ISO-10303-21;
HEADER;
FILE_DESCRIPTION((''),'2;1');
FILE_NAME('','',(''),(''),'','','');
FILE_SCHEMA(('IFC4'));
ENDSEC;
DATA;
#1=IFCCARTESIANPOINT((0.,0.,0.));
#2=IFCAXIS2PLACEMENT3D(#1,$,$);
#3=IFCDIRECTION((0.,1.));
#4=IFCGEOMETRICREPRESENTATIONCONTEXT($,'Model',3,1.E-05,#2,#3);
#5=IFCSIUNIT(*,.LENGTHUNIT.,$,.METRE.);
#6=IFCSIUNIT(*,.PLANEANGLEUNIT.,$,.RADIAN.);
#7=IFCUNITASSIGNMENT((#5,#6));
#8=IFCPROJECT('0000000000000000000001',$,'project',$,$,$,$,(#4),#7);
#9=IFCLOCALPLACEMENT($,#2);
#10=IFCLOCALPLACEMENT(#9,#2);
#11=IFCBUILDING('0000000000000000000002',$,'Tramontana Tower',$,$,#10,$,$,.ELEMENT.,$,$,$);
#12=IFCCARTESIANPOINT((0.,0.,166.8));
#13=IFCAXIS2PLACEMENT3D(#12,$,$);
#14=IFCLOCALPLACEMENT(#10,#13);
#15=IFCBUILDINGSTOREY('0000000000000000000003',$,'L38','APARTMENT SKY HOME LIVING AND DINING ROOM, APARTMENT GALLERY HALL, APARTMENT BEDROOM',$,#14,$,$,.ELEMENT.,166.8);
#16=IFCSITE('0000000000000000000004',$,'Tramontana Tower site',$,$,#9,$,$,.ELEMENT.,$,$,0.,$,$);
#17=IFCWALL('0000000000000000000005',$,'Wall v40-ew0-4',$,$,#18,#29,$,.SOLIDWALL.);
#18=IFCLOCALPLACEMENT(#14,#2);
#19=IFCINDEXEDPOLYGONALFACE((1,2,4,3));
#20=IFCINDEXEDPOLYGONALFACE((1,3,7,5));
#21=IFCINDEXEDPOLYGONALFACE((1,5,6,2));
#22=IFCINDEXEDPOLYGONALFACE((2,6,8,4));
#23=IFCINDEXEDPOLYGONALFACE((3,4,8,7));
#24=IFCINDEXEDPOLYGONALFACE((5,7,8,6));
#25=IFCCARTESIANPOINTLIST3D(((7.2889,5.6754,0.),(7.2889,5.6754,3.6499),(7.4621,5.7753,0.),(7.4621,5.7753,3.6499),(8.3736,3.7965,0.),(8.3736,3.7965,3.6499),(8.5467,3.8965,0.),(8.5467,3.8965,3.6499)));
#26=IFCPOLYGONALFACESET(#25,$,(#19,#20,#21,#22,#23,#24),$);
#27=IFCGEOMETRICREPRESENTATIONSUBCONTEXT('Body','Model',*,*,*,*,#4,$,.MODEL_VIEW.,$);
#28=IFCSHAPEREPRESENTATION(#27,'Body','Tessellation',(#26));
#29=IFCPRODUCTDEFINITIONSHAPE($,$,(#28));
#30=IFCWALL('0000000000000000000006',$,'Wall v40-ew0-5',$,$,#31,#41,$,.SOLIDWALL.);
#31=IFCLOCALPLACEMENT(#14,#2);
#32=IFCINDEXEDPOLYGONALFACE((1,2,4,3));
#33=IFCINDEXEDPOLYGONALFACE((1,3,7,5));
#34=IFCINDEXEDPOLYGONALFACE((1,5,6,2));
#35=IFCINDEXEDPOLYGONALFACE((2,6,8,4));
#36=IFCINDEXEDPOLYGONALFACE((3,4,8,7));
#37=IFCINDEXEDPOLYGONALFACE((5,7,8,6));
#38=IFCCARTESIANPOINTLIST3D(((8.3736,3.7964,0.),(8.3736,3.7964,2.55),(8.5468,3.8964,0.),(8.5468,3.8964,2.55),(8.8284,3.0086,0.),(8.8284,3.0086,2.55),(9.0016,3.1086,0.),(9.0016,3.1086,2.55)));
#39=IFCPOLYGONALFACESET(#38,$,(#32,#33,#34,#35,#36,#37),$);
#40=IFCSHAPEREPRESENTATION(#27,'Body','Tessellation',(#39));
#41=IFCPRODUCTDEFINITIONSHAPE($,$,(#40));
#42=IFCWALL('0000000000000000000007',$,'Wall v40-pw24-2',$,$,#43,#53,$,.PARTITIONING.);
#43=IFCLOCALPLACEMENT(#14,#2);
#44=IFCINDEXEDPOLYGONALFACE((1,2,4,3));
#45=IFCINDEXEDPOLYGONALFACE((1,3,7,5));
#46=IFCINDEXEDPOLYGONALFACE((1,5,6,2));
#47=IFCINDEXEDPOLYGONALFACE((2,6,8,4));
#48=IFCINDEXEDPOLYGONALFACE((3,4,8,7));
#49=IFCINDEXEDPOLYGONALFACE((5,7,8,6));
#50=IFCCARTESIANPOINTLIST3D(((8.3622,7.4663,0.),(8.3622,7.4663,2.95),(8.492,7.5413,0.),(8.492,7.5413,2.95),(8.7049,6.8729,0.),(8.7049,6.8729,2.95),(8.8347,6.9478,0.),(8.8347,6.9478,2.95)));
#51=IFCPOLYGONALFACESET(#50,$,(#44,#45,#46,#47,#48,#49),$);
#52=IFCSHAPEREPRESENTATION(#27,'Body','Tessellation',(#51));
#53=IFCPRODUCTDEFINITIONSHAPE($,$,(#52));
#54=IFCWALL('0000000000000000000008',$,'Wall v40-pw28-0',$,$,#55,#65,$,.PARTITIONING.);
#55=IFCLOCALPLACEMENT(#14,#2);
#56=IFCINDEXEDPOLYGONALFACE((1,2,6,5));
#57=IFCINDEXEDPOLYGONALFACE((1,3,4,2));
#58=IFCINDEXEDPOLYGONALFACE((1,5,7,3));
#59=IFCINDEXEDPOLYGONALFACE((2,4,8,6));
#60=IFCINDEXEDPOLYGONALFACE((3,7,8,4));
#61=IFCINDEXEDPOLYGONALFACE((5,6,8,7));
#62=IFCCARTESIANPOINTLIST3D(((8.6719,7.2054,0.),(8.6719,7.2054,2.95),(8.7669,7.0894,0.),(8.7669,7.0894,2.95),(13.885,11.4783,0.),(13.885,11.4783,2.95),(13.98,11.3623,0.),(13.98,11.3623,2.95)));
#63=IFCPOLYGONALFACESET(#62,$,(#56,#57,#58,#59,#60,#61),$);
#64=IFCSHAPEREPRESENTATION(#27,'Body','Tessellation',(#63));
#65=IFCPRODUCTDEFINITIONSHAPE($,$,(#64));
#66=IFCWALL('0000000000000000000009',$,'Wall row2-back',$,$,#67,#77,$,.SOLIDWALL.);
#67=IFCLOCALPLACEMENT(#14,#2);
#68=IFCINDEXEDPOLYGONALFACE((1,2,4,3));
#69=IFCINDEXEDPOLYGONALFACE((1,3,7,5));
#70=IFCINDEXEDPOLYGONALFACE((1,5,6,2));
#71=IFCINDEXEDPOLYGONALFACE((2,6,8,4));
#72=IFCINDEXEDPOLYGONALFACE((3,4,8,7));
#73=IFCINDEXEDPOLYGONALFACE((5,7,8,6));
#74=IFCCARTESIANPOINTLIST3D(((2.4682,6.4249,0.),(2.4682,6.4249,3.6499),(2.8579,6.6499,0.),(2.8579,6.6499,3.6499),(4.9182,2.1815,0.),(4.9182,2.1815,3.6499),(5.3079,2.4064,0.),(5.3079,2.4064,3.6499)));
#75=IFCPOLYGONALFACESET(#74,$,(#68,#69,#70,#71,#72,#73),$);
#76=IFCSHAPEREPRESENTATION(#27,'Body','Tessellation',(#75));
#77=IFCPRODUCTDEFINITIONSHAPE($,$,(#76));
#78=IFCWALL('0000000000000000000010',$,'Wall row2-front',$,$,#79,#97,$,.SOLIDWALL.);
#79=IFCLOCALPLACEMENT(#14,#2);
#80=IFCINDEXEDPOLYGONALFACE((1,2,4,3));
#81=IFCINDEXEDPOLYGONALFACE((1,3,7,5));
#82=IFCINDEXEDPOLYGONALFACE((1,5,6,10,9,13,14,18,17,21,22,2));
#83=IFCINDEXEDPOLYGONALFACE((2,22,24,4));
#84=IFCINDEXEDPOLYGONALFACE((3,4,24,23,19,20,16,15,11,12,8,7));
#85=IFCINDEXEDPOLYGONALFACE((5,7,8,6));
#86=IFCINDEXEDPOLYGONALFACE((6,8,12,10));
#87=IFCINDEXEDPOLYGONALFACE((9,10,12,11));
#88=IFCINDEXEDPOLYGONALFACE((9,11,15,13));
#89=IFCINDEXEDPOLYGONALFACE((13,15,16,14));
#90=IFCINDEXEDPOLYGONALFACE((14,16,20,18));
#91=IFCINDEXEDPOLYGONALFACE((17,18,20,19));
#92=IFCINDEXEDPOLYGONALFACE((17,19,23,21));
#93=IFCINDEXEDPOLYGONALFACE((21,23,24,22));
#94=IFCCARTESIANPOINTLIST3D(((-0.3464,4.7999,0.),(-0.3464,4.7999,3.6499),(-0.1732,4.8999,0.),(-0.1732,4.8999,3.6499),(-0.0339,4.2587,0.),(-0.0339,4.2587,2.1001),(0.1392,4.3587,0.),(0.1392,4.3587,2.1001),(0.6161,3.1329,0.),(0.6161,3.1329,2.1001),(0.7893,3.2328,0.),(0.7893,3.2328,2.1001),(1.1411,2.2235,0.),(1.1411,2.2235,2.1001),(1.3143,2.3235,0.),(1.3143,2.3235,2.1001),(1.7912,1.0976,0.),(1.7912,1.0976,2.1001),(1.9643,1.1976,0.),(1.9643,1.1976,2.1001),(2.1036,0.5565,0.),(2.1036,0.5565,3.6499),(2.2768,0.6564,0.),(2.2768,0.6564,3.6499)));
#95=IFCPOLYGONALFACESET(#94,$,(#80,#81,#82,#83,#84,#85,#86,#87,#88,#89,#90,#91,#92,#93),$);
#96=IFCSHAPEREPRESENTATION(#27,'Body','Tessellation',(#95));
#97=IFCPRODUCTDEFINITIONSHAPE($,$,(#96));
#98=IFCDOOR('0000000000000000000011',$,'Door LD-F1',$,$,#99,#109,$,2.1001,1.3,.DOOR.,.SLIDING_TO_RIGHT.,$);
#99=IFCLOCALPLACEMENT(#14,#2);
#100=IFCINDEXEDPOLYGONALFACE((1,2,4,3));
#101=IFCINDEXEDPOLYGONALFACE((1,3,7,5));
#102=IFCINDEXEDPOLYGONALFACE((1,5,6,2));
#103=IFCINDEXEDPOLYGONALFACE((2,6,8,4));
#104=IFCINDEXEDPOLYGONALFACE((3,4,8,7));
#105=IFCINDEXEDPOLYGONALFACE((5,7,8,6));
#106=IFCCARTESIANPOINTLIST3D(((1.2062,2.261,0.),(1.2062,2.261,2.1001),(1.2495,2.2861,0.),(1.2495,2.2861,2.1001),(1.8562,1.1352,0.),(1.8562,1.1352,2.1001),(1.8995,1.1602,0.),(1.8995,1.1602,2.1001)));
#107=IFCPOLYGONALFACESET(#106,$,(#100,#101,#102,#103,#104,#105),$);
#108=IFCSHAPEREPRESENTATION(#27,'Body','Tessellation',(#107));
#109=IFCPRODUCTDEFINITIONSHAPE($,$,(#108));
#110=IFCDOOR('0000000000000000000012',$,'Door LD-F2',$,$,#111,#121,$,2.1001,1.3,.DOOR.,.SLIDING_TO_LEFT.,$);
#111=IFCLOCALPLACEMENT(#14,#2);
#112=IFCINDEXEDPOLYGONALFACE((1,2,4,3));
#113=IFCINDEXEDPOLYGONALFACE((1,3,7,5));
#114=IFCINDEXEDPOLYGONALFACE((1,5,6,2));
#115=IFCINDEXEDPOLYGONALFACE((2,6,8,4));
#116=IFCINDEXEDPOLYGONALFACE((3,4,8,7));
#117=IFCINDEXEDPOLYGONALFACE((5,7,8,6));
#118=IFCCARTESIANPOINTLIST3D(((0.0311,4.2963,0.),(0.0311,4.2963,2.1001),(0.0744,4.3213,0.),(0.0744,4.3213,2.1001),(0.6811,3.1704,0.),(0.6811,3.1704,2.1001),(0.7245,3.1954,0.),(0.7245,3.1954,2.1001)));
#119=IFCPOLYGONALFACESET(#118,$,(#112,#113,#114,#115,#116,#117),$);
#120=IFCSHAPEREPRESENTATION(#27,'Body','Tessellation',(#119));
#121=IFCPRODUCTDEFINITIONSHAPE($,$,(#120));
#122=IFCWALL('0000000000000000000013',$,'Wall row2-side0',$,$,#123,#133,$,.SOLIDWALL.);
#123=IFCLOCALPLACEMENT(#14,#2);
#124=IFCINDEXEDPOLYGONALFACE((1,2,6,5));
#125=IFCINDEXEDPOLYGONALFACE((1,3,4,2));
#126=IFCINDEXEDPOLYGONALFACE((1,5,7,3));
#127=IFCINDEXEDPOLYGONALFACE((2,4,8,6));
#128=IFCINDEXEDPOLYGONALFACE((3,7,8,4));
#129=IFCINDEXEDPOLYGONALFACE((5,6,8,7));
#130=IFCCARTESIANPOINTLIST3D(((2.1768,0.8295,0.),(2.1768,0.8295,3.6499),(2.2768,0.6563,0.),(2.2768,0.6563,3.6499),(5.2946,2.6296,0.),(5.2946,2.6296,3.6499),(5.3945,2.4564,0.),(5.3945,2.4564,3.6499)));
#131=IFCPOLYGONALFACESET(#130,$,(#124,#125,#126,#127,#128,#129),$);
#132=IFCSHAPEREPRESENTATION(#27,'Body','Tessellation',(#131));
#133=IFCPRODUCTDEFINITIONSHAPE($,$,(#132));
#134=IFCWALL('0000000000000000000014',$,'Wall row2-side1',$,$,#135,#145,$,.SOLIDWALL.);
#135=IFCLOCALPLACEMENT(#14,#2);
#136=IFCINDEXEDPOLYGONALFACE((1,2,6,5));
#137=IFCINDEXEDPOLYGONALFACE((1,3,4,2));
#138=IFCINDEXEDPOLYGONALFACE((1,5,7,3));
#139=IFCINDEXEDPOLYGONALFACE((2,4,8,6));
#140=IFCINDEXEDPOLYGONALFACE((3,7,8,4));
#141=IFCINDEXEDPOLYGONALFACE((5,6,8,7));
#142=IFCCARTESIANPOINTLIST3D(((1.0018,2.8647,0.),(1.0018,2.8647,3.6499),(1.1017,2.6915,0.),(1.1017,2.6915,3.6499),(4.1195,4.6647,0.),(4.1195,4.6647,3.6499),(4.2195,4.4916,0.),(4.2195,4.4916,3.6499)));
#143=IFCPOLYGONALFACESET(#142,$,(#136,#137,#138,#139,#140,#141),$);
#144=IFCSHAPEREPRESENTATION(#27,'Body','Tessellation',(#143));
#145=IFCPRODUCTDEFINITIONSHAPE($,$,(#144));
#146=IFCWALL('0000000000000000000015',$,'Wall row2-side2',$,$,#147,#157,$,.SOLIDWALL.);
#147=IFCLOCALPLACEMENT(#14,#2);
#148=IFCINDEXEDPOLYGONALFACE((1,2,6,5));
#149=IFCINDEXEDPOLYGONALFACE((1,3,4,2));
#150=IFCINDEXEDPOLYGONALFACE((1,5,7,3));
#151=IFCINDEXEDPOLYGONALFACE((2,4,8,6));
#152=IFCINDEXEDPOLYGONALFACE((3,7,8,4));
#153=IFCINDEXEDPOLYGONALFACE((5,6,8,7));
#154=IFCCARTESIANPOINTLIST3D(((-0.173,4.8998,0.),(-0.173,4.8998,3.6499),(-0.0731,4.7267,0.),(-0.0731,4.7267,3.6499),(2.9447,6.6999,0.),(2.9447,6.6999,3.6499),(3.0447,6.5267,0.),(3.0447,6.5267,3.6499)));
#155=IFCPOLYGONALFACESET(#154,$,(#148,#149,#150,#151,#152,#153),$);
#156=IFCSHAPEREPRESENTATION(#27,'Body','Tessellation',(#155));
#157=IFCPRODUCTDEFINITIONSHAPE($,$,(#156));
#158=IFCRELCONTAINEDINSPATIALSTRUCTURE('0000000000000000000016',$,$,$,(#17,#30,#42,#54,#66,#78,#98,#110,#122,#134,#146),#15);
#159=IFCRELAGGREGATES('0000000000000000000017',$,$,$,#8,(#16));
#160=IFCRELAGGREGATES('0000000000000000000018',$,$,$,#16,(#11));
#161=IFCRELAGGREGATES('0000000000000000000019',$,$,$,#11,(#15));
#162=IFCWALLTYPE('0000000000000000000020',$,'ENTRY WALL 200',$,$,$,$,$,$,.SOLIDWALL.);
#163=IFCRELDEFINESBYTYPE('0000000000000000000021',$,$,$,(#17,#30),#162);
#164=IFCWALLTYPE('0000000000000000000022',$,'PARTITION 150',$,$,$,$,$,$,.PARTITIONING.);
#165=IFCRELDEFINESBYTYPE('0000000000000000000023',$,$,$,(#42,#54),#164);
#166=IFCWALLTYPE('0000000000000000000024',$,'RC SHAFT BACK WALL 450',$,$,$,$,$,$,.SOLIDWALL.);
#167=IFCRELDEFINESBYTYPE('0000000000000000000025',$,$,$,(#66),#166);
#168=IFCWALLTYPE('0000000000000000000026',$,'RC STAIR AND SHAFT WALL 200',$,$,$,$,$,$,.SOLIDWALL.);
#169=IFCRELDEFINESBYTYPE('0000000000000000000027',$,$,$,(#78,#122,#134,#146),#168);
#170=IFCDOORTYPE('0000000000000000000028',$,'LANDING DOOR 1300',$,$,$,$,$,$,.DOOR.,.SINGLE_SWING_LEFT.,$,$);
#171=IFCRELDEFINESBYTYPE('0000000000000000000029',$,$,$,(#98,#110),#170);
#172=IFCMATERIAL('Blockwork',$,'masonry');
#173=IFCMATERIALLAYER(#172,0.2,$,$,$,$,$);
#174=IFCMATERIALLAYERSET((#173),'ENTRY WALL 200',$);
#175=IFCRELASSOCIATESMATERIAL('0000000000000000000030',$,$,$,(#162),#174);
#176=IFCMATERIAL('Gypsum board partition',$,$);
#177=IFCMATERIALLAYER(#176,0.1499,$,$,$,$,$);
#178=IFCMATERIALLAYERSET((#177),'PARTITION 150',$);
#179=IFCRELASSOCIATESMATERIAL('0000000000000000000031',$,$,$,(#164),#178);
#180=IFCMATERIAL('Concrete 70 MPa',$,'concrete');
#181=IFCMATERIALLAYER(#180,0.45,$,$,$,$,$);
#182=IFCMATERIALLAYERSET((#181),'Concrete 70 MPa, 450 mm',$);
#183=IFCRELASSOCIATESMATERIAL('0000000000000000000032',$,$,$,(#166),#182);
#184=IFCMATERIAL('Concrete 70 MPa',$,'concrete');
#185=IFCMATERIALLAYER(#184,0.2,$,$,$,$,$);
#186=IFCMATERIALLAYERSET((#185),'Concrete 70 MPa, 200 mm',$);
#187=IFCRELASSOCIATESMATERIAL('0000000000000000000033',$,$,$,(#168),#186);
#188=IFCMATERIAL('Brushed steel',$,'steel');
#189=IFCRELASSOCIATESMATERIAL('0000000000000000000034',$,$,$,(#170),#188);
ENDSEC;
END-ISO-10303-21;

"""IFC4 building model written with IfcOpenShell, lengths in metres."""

from ifc_helpers import new_model, si_unit, direction, frame, frame_2d, origin, place, context, subcontext, project, spatial, rectangle, extrude, material, layer, layer_set, type_object, element, fill, save


model = new_model("IFC4")

# Units and contexts
model_context = context("Model", 3, precision=1e-05, world=origin(), true_north=direction((0.0, 1.0)))
body_context = subcontext(model_context, "Body", "Model", "MODEL_VIEW")
ifc_project = project(units=[si_unit("LENGTHUNIT", "METRE"), si_unit("PLANEANGLEUNIT", "RADIAN")], contexts=[model_context])

# Site, building, storey
site_placement = place(None, origin())
site = spatial("IfcSite", under=ifc_project, at=site_placement, Name="Tramontana Tower site", CompositionType="ELEMENT", RefElevation=0.0)
building_placement = place(site_placement, origin())
building = spatial("IfcBuilding", under=site, at=building_placement, Name="Tramontana Tower", CompositionType="ELEMENT")
storey_placement = place(building_placement, frame((0.0, 0.0, 166.8)))
storey = spatial("IfcBuildingStorey", under=building, at=storey_placement, Name="L38", Description="APARTMENT SKY HOME LIVING AND DINING ROOM, APARTMENT GALLERY HALL, APARTMENT BEDROOM", CompositionType="ELEMENT", Elevation=166.8)

# Walls
ifc_material_1 = material(Name="Blockwork", Category="masonry")
ifc_layer_1 = layer(ifc_material_1, 0.2)
ifc_layer_set_1 = layer_set([ifc_layer_1], Name="ENTRY WALL 200")
wall_type_1 = type_object("IfcWallType", Name="ENTRY WALL 200", PredefinedType="SOLIDWALL", material=ifc_layer_set_1)
wall_1_placement = place(storey_placement, frame((7.3755, 5.7253, 0.0), z_axis=(0.0, 0.0, 1.0), x_axis=(0.499976, -0.866039, 0.0)))
element("IfcWall", 1, at=wall_1_placement, inside=storey, type_object=wall_type_1, Name="Wall v40-ew0-4", PredefinedType="SOLIDWALL", context=body_context, shape_type="SweptSolid", body=[
    extrude(rectangle(XDim=2.1694, YDim=0.2, at=frame_2d((1.0847, 0.0))), origin(), (0.0, 0.0, 1.0), 3.6499),
])
wall_2_placement = place(storey_placement, frame((8.4602, 3.8464, 0.0), z_axis=(0.0, 0.0, 1.0), x_axis=(0.499978, -0.866038, 0.0)))
element("IfcWall", 2, at=wall_2_placement, inside=storey, type_object=wall_type_1, Name="Wall v40-ew0-5", PredefinedType="SOLIDWALL", context=body_context, shape_type="SweptSolid", body=[
    extrude(rectangle(XDim=0.9097, YDim=0.2, at=frame_2d((0.4548, 0.0))), origin(), (0.0, 0.0, 1.0), 2.55),
])
ifc_material_2 = material(Name="Gypsum board partition")
ifc_layer_2 = layer(ifc_material_2, 0.1499)
ifc_layer_set_2 = layer_set([ifc_layer_2], Name="PARTITION 150")
wall_type_2 = type_object("IfcWallType", Name="PARTITION 150", PredefinedType="PARTITIONING", material=ifc_layer_set_2)
wall_3_placement = place(storey_placement, frame((8.427, 7.5039, 0.0), z_axis=(0.0, 0.0, 1.0), x_axis=(0.500123, -0.865954, 0.0)))
element("IfcWall", 3, at=wall_3_placement, inside=storey, type_object=wall_type_2, Name="Wall v40-pw24-2", PredefinedType="PARTITIONING", context=body_context, shape_type="SweptSolid", body=[
    extrude(rectangle(XDim=0.6853, YDim=0.1499, at=frame_2d((0.3428, 0.0))), origin(), (0.0, 0.0, 1.0), 2.95),
])

# Walls
wall_4_placement = place(storey_placement, frame((8.7195, 7.1475, 0.0), z_axis=(0.0, 0.0, 1.0), x_axis=(0.7734, 0.633918, 0.0)))
element("IfcWall", 4, at=wall_4_placement, inside=storey, type_object=wall_type_2, Name="Wall v40-pw28-0", PredefinedType="PARTITIONING", context=body_context, shape_type="SweptSolid", body=[
    extrude(rectangle(XDim=6.7405, YDim=0.1499, at=frame_2d((3.3701, 0.0))), origin(), (0.0, 0.0, 1.0), 2.95),
])
ifc_material_3 = material(Name="Concrete 70 MPa", Category="concrete")
ifc_layer_3 = layer(ifc_material_3, 0.45)
ifc_layer_set_3 = layer_set([ifc_layer_3], Name="Concrete 70 MPa, 450 mm")
wall_type_3 = type_object("IfcWallType", Name="RC SHAFT BACK WALL 450", PredefinedType="SOLIDWALL", material=ifc_layer_set_3)
wall_5_placement = place(storey_placement, frame((5.113, 2.2939, 0.0), z_axis=(0.0, 0.0, 1.0), x_axis=(-0.500003, 0.866024, 0.0)))
element("IfcWall", 5, at=wall_5_placement, inside=storey, type_object=wall_type_3, Name="Wall row2-back", PredefinedType="SOLIDWALL", context=body_context, shape_type="SweptSolid", body=[
    extrude(rectangle(XDim=4.8999, YDim=0.45, at=frame_2d((2.45, 0.0))), origin(), (0.0, 0.0, 1.0), 3.6499),
])

# Wall, openings, doors
ifc_material_4 = material(Name="Concrete 70 MPa", Category="concrete")
ifc_layer_4 = layer(ifc_material_4, 0.2)
ifc_layer_set_4 = layer_set([ifc_layer_4], Name="Concrete 70 MPa, 200 mm")
wall_type_4 = type_object("IfcWallType", Name="RC STAIR AND SHAFT WALL 200", PredefinedType="SOLIDWALL", material=ifc_layer_set_4)
wall_6_placement = place(storey_placement, frame((2.1902, 0.6064, 0.0), z_axis=(0.0, 0.0, 1.0), x_axis=(-0.500003, 0.866024, 0.0)))
wall_6 = element("IfcWall", 6, at=wall_6_placement, inside=storey, type_object=wall_type_4, Name="Wall row2-front", PredefinedType="SOLIDWALL", context=body_context, shape_type="SweptSolid", body=[
    extrude(rectangle(XDim=4.8999, YDim=0.2, at=frame_2d((2.45, 0.0))), origin(), (0.0, 0.0, 1.0), 3.6499),
])
opening_1_placement = place(wall_6_placement, frame((0.625, 0.0, 0.0)))
opening_1 = element("IfcOpeningElement", 7, at=opening_1_placement, cuts=wall_6, PredefinedType="OPENING", context=body_context, shape_type="SweptSolid", body=[
    extrude(rectangle(XDim=1.3, YDim=2.1001, at=frame_2d((0.6499, 1.05))), frame((0.0, 0.1099, 0.0), z_axis=(0.0, -1.0, 0.0), x_axis=(1.0, 0.0, 0.0)), (0.0, 0.0, 1.0), 0.22),
])
opening_2_placement = place(wall_6_placement, frame((2.9751, 0.0, 0.0)))
opening_2 = element("IfcOpeningElement", 8, at=opening_2_placement, cuts=wall_6, PredefinedType="OPENING", context=body_context, shape_type="SweptSolid", body=[
    extrude(rectangle(XDim=1.3, YDim=2.1001, at=frame_2d((0.6499, 1.05))), frame((0.0, 0.1099, 0.0), z_axis=(0.0, -1.0, 0.0), x_axis=(1.0, 0.0, 0.0)), (0.0, 0.0, 1.0), 0.22),
])
ifc_material_5 = material(Name="Brushed steel", Category="steel")
door_type_1 = type_object("IfcDoorType", Name="LANDING DOOR 1300", OperationType="SINGLE_SWING_LEFT", PredefinedType="DOOR", material=ifc_material_5)
door_1_placement = place(opening_1_placement, origin())
door_1 = element("IfcDoor", 9, at=door_1_placement, inside=storey, type_object=door_type_1, Name="Door LD-F1", OperationType="SLIDING_TO_RIGHT", OverallHeight=2.1001, OverallWidth=1.3, PredefinedType="DOOR", context=body_context, shape_type="SweptSolid", body=[
    extrude(rectangle(XDim=1.3, YDim=2.1001, at=frame_2d((0.6499, 1.05))), frame((0.0, 0.0249, 0.0), z_axis=(0.0, -1.0, 0.0), x_axis=(1.0, 0.0, 0.0)), (0.0, 0.0, 1.0), 0.05),
])
fill(opening_1, door_1)
door_2_placement = place(opening_2_placement, origin())
door_2 = element("IfcDoor", 10, at=door_2_placement, inside=storey, type_object=door_type_1, Name="Door LD-F2", OperationType="SLIDING_TO_LEFT", OverallHeight=2.1001, OverallWidth=1.3, PredefinedType="DOOR", context=body_context, shape_type="SweptSolid", body=[
    extrude(rectangle(XDim=1.3, YDim=2.1001, at=frame_2d((0.6499, 1.05))), frame((0.0, 0.0249, 0.0), z_axis=(0.0, -1.0, 0.0), x_axis=(1.0, 0.0, 0.0)), (0.0, 0.0, 1.0), 0.05),
])
fill(opening_2, door_2)

# Walls
for number, where, z_axis, x_axis, name in (
    (11, (2.2268, 0.7429, 0.0), (0.0, 0.0, 1.0), (0.866018, 0.500012, 0.0), "Wall row2-side0"),
    (12, (1.0518, 2.7781, 0.0), (0.0, 0.0, 1.0), (0.866018, 0.500012, 0.0), "Wall row2-side1"),
    (13, (-0.123, 4.8132, 0.0), (0.0, 0.0, 1.0), (0.866018, 0.500012, 0.0), "Wall row2-side2"),
):
    element("IfcWall", number, at=place(storey_placement, frame(where, z_axis=z_axis, x_axis=x_axis)), inside=storey, type_object=wall_type_4, Name=name, PredefinedType="SOLIDWALL", context=body_context, shape_type="SweptSolid", body=[
        extrude(rectangle(XDim=3.6001, YDim=0.2, at=frame_2d((1.8, 0.0))), origin(), (0.0, 0.0, 1.0), 3.6499),
    ])

save(model, "model.ifc")
